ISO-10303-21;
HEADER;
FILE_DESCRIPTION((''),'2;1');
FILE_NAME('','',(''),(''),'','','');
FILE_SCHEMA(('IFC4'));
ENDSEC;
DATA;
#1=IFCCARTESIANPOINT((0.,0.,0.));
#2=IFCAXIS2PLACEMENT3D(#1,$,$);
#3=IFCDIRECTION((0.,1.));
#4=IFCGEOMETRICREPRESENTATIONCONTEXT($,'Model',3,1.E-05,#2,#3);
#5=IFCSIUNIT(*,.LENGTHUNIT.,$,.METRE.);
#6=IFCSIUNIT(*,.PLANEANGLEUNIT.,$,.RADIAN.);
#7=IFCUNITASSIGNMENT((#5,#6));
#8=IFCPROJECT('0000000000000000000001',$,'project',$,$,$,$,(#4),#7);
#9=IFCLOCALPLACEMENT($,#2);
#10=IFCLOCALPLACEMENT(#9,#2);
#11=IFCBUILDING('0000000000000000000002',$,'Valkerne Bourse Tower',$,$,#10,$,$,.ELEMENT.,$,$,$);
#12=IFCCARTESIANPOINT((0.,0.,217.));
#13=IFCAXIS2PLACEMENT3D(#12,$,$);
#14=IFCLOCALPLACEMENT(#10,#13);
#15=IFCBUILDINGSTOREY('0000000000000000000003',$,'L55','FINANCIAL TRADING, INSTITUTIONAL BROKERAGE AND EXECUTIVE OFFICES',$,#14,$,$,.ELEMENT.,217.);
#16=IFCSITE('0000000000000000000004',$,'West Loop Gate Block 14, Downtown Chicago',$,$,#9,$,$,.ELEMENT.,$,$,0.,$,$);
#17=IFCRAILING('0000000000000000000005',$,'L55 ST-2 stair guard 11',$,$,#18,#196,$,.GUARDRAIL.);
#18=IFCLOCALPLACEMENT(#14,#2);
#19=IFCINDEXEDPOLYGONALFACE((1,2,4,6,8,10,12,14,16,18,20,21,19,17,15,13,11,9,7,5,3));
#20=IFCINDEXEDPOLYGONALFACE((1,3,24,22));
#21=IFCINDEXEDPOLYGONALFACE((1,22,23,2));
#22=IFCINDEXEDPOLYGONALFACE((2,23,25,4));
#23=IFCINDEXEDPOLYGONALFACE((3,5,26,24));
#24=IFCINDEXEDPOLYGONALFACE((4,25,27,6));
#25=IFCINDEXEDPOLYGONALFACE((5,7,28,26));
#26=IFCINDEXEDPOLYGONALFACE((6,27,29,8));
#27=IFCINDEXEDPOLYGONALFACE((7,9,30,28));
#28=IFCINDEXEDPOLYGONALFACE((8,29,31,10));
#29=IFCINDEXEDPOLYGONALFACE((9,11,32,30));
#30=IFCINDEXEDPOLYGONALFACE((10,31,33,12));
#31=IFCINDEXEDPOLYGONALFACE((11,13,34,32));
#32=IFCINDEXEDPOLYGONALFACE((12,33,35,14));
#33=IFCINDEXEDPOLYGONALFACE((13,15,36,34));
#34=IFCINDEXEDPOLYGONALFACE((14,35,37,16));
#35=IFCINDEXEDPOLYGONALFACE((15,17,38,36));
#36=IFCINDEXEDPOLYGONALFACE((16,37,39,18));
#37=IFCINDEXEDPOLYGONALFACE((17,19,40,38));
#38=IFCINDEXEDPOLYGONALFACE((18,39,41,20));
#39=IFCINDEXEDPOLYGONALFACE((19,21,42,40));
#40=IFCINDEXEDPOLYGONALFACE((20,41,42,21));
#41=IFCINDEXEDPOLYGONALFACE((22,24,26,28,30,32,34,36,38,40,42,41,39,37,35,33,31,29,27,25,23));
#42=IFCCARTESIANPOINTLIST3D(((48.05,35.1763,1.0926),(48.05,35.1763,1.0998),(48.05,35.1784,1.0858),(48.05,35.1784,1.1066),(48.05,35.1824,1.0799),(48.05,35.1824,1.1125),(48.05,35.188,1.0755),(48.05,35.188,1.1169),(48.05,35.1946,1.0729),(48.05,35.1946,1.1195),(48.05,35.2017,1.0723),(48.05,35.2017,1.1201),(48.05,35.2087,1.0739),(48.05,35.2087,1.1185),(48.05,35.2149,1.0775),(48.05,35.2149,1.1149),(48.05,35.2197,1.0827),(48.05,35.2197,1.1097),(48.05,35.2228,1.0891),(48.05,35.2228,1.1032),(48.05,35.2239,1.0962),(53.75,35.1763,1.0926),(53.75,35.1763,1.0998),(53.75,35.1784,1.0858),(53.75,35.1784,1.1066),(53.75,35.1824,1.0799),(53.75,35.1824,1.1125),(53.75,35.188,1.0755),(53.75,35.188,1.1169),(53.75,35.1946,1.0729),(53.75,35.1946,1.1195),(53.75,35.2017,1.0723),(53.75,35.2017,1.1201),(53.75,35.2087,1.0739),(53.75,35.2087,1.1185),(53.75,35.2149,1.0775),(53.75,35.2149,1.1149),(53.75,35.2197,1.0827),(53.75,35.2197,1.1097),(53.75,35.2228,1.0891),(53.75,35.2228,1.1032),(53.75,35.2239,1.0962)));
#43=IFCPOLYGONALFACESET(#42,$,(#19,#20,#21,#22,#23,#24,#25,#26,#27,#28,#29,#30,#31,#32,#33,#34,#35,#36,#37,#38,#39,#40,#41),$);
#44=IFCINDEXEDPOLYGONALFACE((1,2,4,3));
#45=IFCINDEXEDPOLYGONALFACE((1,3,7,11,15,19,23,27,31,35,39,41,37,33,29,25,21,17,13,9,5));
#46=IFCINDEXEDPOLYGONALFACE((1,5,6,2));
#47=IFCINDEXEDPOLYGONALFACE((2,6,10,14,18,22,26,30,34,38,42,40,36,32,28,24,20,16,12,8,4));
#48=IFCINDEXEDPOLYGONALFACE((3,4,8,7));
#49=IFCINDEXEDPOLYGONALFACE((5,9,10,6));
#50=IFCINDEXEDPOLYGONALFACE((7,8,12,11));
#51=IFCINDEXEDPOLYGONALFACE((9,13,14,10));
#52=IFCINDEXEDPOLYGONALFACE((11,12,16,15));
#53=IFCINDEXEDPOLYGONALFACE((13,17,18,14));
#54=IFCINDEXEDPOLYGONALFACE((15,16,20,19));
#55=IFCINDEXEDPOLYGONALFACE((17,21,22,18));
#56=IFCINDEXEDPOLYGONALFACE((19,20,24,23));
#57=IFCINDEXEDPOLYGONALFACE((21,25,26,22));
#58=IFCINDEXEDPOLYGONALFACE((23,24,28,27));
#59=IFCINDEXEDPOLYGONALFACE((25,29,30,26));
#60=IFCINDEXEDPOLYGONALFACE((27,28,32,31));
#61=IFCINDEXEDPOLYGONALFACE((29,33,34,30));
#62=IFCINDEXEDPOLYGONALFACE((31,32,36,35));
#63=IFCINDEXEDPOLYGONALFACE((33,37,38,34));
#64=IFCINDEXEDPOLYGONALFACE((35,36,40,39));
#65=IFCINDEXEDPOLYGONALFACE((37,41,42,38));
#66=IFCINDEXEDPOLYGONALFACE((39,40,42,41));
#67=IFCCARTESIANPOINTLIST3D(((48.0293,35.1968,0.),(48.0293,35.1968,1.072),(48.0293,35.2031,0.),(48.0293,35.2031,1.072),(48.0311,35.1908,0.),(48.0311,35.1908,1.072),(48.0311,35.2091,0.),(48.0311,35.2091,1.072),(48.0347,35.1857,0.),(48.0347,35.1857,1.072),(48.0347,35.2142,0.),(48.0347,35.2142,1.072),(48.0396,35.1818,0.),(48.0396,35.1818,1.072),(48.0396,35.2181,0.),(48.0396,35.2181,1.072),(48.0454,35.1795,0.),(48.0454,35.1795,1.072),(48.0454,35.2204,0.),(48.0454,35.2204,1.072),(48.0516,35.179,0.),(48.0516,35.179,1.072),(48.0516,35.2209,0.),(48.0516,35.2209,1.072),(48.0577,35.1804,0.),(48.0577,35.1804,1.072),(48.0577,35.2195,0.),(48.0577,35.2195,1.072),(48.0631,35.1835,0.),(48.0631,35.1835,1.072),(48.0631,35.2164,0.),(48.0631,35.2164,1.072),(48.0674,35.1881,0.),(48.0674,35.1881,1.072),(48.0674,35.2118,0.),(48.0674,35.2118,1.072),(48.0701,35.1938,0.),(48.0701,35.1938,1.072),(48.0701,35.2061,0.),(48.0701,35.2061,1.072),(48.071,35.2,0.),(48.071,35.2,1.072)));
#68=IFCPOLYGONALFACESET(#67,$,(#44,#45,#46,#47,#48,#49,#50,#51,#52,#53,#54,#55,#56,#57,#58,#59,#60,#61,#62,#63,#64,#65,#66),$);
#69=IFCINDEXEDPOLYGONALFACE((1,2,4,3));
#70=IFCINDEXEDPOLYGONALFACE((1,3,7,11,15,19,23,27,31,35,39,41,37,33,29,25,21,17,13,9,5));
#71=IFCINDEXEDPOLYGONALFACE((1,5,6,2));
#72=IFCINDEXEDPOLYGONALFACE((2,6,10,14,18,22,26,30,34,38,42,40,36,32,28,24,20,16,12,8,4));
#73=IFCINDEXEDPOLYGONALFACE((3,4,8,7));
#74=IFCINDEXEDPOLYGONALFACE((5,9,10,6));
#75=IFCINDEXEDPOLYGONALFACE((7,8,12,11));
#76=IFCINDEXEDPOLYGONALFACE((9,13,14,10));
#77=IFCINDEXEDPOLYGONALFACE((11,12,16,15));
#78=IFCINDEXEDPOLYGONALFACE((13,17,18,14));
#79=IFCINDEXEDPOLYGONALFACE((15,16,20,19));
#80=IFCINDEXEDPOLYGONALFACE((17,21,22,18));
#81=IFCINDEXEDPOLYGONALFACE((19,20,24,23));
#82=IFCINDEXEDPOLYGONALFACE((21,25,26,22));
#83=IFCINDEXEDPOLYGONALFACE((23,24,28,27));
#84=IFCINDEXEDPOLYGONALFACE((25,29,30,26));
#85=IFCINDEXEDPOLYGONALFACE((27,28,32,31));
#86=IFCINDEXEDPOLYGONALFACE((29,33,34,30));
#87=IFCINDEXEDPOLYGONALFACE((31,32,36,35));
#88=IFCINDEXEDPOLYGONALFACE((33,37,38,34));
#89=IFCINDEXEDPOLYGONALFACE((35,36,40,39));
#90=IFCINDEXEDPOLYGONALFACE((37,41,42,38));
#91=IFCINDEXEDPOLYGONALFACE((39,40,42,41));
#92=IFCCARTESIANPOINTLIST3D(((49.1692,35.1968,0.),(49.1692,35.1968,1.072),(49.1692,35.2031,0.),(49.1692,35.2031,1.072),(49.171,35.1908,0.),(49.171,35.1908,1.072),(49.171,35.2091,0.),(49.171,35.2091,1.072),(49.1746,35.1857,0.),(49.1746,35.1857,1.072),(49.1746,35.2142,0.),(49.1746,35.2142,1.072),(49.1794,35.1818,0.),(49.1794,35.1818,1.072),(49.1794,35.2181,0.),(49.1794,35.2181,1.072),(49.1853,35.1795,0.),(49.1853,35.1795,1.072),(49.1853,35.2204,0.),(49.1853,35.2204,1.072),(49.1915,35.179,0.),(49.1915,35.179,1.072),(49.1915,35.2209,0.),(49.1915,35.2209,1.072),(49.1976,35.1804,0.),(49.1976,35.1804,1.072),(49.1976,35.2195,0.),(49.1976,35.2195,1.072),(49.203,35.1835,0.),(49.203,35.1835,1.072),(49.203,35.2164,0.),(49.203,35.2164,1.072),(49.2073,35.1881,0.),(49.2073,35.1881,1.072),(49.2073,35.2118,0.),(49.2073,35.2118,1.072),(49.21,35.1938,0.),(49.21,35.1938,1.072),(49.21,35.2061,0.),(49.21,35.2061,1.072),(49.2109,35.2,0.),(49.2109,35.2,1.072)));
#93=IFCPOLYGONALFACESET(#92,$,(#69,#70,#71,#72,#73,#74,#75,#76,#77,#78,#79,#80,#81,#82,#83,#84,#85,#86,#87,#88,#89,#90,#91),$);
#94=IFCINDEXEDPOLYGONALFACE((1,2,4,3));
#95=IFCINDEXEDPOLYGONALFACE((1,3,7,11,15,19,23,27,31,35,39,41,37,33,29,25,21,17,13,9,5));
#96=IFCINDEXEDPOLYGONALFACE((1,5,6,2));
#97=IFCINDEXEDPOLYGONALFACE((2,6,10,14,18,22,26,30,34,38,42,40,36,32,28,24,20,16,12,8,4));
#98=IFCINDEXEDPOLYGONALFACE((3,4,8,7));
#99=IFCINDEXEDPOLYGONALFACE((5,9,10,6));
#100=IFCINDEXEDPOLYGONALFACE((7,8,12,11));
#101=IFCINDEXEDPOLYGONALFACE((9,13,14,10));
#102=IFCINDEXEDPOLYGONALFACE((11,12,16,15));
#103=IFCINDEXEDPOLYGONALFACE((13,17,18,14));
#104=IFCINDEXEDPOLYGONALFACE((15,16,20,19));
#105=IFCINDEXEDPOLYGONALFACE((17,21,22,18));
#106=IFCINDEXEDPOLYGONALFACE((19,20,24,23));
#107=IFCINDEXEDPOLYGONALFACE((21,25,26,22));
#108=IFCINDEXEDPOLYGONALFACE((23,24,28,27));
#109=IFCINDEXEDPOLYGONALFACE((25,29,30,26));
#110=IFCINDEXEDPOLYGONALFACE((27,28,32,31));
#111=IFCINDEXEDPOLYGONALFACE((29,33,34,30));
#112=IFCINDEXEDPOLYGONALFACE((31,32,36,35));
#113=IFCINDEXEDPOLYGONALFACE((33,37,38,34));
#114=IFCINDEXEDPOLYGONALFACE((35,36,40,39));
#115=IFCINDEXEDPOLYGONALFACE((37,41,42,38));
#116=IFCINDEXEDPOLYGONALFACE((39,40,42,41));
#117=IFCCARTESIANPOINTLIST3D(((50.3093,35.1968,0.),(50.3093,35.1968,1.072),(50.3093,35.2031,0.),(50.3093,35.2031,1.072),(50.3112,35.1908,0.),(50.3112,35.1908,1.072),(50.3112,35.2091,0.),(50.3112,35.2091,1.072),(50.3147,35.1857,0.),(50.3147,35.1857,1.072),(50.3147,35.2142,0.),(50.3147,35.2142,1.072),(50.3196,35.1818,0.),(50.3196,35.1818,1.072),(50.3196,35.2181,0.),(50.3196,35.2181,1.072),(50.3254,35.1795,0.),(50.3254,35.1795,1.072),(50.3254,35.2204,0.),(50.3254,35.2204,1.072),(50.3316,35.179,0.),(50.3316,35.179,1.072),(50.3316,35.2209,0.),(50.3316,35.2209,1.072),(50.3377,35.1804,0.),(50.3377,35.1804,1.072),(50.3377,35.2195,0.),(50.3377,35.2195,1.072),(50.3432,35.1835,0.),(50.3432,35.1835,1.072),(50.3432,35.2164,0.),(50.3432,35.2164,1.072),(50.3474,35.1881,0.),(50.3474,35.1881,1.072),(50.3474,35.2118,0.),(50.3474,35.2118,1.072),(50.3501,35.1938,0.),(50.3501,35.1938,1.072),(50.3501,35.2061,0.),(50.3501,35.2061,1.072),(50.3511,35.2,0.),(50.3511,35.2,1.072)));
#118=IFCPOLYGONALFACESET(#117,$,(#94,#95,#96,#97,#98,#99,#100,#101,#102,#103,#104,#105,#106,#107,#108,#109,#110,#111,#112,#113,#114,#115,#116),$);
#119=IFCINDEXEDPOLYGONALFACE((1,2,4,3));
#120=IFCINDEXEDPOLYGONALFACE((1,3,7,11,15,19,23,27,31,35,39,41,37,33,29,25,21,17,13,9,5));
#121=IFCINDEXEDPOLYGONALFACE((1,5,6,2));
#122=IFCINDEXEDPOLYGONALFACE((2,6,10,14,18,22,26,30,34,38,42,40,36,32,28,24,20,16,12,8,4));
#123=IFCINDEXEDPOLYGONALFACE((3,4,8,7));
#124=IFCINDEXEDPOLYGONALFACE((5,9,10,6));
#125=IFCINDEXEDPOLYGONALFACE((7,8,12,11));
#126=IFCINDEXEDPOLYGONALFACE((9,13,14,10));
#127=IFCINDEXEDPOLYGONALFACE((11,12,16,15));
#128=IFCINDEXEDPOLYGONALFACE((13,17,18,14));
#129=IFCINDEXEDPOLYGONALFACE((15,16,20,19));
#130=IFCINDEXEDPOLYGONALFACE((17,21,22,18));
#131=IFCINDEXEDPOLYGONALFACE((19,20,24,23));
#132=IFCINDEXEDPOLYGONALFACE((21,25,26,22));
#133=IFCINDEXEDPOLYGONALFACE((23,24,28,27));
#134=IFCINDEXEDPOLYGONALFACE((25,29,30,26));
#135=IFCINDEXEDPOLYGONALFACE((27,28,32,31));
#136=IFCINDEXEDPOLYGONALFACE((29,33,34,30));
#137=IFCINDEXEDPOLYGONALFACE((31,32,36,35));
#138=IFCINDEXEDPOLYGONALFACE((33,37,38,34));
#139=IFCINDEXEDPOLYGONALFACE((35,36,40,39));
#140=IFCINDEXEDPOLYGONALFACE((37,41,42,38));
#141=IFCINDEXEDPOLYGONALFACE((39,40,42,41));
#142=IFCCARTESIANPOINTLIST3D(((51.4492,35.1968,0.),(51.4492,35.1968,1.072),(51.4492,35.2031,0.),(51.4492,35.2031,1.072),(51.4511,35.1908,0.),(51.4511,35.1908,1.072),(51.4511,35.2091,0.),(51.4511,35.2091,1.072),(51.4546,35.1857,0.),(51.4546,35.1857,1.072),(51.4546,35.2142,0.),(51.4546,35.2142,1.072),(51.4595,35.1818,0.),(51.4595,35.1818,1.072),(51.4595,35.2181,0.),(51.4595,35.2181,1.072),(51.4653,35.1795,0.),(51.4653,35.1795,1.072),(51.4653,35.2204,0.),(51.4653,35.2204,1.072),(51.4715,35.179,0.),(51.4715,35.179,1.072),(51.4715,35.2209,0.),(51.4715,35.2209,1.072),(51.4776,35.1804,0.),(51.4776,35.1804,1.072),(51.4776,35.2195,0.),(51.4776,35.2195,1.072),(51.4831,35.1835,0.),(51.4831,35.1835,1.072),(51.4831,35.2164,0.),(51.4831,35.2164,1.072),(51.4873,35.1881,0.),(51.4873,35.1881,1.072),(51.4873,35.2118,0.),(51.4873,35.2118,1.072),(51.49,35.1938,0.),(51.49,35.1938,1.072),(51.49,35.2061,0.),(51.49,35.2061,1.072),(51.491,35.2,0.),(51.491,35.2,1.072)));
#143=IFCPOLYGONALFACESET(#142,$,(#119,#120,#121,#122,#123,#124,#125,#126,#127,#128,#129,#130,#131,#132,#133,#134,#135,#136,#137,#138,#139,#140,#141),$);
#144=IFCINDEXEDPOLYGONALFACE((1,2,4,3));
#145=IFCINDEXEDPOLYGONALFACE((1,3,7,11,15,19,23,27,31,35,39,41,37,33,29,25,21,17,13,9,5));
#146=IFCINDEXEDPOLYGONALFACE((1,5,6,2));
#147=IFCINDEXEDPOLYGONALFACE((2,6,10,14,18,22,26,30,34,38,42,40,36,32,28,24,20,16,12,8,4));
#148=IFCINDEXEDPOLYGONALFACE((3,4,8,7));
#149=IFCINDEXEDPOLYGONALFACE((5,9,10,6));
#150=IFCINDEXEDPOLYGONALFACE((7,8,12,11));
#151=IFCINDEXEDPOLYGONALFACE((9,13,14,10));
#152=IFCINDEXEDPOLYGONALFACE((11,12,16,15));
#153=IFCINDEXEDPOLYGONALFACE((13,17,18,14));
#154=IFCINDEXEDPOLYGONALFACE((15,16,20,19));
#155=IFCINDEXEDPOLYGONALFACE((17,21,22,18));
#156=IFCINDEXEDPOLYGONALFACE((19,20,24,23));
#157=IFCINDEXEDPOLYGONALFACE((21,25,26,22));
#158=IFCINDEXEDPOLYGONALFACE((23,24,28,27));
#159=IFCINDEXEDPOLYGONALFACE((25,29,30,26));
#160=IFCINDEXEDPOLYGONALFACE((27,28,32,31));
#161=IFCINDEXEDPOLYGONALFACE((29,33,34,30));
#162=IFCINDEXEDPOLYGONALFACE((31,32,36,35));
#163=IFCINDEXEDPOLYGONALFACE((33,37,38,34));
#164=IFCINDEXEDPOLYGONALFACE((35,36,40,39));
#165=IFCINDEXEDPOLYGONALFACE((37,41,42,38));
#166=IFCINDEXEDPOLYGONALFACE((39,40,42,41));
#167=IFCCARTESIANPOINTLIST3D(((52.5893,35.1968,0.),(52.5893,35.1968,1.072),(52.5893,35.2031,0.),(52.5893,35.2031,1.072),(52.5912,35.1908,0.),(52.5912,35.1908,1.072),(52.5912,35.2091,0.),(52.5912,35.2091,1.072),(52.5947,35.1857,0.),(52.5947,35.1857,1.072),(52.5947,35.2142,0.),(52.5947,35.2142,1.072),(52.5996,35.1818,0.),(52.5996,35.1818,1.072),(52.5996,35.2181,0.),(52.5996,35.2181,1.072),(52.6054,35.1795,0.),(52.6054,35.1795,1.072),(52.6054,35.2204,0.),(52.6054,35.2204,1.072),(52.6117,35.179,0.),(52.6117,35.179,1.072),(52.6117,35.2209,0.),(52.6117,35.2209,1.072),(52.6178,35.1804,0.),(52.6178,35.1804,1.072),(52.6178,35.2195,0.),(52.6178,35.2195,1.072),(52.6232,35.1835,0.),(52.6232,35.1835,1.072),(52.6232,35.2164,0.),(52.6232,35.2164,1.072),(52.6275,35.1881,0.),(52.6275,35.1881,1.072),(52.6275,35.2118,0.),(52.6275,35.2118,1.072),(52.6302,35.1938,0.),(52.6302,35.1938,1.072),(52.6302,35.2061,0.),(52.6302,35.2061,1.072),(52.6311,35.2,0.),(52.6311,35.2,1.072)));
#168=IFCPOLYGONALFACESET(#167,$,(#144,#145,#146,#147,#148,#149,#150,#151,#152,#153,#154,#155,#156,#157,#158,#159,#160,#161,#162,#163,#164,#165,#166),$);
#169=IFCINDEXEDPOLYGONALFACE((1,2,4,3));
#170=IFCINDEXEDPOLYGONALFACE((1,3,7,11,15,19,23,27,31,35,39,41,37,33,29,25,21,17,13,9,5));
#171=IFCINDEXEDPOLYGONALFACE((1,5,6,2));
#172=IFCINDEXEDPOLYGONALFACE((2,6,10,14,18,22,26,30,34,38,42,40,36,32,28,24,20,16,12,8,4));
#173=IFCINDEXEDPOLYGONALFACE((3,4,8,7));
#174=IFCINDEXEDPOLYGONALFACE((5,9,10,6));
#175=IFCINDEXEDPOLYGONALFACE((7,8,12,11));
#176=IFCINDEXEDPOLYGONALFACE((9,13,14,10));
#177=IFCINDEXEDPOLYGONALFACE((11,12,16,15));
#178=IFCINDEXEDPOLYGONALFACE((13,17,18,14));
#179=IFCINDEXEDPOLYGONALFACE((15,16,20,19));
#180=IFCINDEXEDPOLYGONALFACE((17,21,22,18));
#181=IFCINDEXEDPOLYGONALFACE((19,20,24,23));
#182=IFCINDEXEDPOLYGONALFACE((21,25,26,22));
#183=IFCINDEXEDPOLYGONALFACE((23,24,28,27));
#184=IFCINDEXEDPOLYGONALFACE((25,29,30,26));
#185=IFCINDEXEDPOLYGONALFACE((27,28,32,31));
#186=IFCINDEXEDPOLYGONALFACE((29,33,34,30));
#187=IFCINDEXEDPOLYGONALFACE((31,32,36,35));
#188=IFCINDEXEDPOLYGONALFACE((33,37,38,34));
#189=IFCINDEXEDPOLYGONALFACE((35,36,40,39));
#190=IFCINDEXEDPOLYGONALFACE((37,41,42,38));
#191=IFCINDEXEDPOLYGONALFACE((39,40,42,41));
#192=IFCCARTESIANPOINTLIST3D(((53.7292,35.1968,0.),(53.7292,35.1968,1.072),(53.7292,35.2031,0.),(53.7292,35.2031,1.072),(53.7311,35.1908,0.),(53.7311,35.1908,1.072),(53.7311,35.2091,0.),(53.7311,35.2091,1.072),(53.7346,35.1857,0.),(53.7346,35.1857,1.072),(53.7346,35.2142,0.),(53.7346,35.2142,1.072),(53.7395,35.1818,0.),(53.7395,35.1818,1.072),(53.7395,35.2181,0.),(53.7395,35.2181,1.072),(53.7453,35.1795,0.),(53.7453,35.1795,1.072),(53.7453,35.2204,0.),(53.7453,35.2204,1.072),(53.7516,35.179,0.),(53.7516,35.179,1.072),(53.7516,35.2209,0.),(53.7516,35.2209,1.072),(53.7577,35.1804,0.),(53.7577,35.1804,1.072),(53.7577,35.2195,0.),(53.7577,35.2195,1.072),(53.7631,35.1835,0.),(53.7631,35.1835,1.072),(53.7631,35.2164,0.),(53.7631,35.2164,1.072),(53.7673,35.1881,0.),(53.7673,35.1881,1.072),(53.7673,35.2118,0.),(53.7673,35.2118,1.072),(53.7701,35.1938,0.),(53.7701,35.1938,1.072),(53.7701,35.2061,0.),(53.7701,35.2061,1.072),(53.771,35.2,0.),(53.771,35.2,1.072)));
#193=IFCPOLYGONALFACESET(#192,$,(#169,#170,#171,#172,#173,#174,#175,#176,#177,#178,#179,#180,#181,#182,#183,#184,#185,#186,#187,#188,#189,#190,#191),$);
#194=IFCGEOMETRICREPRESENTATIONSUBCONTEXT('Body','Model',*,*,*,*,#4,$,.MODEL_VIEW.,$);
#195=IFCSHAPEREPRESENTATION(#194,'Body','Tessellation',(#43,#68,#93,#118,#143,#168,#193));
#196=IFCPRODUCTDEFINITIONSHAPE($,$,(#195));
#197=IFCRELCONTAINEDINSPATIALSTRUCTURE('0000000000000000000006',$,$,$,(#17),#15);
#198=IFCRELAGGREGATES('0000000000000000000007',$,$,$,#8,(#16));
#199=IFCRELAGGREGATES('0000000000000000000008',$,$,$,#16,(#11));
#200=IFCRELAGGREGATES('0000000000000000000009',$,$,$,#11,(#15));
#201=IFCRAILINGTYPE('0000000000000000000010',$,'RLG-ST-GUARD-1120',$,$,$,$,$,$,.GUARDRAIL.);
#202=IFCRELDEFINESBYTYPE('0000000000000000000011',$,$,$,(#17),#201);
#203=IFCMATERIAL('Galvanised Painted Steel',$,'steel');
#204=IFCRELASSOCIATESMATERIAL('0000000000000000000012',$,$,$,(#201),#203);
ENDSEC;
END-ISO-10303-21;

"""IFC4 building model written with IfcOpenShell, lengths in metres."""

from ifc_helpers import new_model, si_unit, direction, frame, origin, origin_2d, place, context, subcontext, project, spatial, circle, extrude, material, type_object, element, save


model = new_model("IFC4")

# Units and contexts
model_context = context("Model", 3, precision=1e-05, world=origin(), true_north=direction((0.0, 1.0)))
body_context = subcontext(model_context, "Body", "Model", "MODEL_VIEW")
ifc_project = project(units=[si_unit("LENGTHUNIT", "METRE"), si_unit("PLANEANGLEUNIT", "RADIAN")], contexts=[model_context])

# Site, building, storey
site_placement = place(None, origin())
site = spatial("IfcSite", under=ifc_project, at=site_placement, Name="West Loop Gate Block 14, Downtown Chicago", CompositionType="ELEMENT", RefElevation=0.0)
building_placement = place(site_placement, origin())
building = spatial("IfcBuilding", under=site, at=building_placement, Name="Valkerne Bourse Tower", CompositionType="ELEMENT")
storey_placement = place(building_placement, frame((0.0, 0.0, 217.0)))
storey = spatial("IfcBuildingStorey", under=building, at=storey_placement, Name="L55", Description="FINANCIAL TRADING, INSTITUTIONAL BROKERAGE AND EXECUTIVE OFFICES", CompositionType="ELEMENT", Elevation=217.0)

# Shared definitions
ifc_material_1 = material(Name="Galvanised Painted Steel", Category="steel")

# Railing
railing_type_1 = type_object("IfcRailingType", Name="RLG-ST-GUARD-1120", PredefinedType="GUARDRAIL", material=ifc_material_1)
for number, where, name in (
    (1, (48.05, 35.2, 0.0), "L55 ST-2 stair guard 11"),
):
    element("IfcRailing", number, at=place(storey_placement, frame(where)), inside=storey, type_object=railing_type_1, Name=name, PredefinedType="GUARDRAIL", context=body_context, shape_type="SweptSolid", body=[
        extrude(circle(Radius=0.0239, at=origin_2d()), frame((0.0, 0.0, 1.0962), z_axis=(1.0, 0.0, 0.0), x_axis=(0.0, 1.0, 0.0)), (0.0, 0.0, 1.0), 5.7),
        extrude(circle(Radius=0.021, at=origin_2d()), origin(), (0.0, 0.0, 1.0), 1.072),
        extrude(circle(Radius=0.021, at=origin_2d()), frame((1.1399, 0.0, 0.0)), (0.0, 0.0, 1.0), 1.072),
        extrude(circle(Radius=0.021, at=origin_2d()), frame((2.28, 0.0, 0.0)), (0.0, 0.0, 1.0), 1.072),
        extrude(circle(Radius=0.021, at=origin_2d()), frame((3.4199, 0.0, 0.0)), (0.0, 0.0, 1.0), 1.072),
        extrude(circle(Radius=0.021, at=origin_2d()), frame((4.5601, 0.0, 0.0)), (0.0, 0.0, 1.0), 1.072),
        extrude(circle(Radius=0.021, at=origin_2d()), frame((5.7, 0.0, 0.0)), (0.0, 0.0, 1.0), 1.072),
    ])

save(model, "model.ifc")
